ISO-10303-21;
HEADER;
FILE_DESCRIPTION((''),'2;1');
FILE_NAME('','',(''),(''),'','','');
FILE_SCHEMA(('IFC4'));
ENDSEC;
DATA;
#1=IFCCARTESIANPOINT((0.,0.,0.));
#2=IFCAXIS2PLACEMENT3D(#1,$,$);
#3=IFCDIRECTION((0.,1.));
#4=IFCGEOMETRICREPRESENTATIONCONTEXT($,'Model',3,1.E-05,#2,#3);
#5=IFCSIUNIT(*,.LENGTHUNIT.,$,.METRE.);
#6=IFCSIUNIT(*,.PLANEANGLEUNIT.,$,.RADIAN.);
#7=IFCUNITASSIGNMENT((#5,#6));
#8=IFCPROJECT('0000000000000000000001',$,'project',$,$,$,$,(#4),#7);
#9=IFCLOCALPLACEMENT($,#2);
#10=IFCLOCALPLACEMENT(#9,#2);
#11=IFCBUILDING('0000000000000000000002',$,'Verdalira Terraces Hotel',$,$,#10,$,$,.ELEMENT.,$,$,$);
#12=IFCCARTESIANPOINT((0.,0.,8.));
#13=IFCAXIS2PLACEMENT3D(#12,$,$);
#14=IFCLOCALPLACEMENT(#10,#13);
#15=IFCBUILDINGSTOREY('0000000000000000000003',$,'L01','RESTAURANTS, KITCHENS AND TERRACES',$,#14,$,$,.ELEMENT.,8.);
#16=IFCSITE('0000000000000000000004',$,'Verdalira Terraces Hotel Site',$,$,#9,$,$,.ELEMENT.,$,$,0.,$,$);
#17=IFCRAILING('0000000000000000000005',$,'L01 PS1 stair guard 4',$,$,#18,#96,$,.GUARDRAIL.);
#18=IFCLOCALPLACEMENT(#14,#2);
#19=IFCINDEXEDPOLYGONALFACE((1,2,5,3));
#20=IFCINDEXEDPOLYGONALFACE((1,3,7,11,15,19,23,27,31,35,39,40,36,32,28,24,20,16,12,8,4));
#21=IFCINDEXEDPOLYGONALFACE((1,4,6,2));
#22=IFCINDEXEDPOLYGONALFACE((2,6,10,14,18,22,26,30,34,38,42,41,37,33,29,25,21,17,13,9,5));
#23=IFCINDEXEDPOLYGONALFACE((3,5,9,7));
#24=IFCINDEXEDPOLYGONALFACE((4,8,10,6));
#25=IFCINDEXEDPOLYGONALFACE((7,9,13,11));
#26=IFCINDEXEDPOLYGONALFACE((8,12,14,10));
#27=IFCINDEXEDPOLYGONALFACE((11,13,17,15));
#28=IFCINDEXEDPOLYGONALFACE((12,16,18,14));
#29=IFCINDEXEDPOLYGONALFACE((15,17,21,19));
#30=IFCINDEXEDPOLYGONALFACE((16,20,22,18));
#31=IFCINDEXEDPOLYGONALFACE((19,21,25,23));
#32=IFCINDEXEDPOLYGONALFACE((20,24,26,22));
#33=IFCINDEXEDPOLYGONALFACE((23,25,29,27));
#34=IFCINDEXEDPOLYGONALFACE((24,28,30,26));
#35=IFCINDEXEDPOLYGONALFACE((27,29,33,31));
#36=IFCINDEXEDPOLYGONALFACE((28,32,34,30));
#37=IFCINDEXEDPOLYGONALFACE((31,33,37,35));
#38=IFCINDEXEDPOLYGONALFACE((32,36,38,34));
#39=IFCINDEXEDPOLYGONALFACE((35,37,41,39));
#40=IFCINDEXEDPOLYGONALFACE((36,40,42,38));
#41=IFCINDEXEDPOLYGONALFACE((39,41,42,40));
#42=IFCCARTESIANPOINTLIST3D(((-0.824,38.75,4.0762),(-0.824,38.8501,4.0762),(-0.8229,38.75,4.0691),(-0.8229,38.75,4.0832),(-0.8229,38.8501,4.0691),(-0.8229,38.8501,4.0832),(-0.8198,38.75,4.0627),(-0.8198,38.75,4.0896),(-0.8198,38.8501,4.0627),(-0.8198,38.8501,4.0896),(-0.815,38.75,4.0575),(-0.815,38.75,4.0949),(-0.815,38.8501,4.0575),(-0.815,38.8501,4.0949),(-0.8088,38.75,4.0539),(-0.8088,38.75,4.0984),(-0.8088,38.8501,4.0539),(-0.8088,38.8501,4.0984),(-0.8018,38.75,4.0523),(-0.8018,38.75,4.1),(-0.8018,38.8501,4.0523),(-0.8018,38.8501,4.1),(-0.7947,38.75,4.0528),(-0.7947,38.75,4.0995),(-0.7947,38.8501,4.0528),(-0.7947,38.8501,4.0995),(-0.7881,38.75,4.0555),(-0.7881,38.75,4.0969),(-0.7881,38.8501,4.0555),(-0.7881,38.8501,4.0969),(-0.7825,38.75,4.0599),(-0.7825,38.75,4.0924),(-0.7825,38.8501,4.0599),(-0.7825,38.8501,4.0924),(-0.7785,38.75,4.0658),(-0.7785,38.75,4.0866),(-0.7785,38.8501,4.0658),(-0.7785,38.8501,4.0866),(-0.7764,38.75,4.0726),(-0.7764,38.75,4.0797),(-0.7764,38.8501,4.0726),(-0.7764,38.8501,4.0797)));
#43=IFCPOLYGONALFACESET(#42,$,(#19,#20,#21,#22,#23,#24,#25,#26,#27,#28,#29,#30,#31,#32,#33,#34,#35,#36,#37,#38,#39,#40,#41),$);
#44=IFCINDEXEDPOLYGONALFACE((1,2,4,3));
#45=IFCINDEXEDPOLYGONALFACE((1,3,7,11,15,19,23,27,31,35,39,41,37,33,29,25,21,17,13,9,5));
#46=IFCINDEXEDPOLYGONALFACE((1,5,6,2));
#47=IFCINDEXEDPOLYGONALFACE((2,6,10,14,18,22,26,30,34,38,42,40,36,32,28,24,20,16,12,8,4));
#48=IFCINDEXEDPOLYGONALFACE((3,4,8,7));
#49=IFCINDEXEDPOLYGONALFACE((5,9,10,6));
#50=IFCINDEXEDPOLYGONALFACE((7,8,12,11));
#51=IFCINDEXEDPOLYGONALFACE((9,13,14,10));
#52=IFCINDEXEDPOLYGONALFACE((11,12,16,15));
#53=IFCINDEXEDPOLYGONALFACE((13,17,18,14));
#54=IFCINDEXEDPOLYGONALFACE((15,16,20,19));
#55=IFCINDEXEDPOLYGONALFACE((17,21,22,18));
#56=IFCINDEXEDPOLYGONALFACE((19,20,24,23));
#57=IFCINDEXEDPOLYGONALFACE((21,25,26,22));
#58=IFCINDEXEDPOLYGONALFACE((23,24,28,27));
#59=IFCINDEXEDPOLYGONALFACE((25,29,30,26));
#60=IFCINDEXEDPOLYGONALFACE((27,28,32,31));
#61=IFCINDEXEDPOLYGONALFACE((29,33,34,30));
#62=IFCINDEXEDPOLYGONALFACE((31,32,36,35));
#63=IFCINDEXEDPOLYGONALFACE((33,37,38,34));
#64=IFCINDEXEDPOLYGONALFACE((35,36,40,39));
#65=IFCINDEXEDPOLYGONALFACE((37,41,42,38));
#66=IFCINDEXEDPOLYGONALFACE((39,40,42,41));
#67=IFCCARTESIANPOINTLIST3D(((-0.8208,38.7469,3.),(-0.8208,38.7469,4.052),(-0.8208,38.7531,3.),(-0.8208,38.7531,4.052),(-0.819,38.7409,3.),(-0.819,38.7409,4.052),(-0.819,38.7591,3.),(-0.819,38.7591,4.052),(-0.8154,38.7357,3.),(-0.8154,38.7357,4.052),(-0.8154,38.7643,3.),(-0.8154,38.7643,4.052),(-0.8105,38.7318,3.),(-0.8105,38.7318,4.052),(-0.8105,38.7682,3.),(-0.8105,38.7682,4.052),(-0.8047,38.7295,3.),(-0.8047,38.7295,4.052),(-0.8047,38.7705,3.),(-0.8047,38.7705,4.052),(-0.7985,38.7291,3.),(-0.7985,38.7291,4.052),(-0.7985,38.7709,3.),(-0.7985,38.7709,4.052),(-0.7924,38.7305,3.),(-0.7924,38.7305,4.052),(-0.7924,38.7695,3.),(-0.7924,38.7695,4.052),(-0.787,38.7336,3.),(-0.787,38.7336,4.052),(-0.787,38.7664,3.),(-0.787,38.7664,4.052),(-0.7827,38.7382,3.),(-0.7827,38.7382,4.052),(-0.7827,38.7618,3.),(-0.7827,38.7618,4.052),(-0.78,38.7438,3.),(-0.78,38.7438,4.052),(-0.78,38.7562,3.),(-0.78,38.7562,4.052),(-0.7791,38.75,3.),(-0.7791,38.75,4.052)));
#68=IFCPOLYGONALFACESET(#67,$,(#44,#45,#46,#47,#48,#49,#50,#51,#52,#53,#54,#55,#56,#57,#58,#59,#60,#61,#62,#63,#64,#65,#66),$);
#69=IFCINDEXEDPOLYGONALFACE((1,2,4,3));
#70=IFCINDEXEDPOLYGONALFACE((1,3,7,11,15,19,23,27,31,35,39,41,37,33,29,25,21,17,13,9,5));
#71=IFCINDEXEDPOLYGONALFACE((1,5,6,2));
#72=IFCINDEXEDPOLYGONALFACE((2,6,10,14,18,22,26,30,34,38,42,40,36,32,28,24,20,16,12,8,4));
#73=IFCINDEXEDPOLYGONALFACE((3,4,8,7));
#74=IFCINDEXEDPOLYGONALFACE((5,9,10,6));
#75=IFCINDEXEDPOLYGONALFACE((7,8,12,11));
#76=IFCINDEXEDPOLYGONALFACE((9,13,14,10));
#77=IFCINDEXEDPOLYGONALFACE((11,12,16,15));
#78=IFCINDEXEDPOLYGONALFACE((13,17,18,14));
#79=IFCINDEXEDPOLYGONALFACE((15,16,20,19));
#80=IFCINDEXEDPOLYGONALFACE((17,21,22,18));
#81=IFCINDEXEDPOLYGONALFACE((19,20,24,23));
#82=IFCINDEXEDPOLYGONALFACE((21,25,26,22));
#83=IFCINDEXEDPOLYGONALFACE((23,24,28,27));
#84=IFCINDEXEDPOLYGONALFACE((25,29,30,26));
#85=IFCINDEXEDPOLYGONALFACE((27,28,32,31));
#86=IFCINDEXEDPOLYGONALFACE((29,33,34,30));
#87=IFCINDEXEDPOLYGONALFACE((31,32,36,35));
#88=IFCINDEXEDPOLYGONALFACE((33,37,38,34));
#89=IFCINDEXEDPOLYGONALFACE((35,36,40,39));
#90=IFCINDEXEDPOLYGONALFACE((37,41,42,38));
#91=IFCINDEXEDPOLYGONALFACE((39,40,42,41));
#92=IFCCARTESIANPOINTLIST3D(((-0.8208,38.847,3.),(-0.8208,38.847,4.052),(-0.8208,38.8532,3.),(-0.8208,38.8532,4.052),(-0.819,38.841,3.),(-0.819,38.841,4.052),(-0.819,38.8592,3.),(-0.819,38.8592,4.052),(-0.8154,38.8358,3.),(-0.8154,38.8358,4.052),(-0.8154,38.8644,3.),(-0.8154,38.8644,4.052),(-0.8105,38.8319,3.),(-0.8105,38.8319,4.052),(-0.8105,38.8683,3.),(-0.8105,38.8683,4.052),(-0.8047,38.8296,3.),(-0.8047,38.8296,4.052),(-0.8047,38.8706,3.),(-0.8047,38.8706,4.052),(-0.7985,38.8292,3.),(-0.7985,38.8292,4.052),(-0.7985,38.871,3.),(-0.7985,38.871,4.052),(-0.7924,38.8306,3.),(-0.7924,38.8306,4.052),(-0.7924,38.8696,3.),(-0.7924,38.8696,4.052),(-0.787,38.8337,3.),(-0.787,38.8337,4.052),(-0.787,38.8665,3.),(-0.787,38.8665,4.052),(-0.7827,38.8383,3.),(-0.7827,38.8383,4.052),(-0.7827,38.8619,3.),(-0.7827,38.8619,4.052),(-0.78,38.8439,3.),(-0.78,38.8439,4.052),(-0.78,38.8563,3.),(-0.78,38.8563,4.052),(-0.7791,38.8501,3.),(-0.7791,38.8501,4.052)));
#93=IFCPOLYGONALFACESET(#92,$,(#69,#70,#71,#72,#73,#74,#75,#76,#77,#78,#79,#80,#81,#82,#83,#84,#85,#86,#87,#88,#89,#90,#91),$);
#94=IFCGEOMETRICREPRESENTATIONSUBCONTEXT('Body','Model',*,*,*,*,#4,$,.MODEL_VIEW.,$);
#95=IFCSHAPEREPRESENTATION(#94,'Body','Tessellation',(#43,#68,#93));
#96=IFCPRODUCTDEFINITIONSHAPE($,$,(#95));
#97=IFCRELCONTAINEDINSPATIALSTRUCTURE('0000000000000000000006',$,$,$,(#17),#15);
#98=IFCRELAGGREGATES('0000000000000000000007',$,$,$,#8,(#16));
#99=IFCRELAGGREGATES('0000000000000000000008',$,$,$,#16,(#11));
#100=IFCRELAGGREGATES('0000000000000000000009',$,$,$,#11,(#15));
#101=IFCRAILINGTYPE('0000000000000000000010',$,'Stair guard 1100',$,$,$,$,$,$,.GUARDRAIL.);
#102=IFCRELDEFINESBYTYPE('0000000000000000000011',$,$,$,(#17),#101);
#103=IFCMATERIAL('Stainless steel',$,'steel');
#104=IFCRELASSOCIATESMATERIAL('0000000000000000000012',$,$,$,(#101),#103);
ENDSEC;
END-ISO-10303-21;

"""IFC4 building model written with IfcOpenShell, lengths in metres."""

from ifc_helpers import new_model, si_unit, direction, frame, origin, origin_2d, place, context, subcontext, project, spatial, circle, extrude, material, type_object, element, save


model = new_model("IFC4")

# Units and contexts
model_context = context("Model", 3, precision=1e-05, world=origin(), true_north=direction((0.0, 1.0)))
body_context = subcontext(model_context, "Body", "Model", "MODEL_VIEW")
ifc_project = project(units=[si_unit("LENGTHUNIT", "METRE"), si_unit("PLANEANGLEUNIT", "RADIAN")], contexts=[model_context])

# Site, building, storey
site_placement = place(None, origin())
site = spatial("IfcSite", under=ifc_project, at=site_placement, Name="Verdalira Terraces Hotel Site", CompositionType="ELEMENT", RefElevation=0.0)
building_placement = place(site_placement, origin())
building = spatial("IfcBuilding", under=site, at=building_placement, Name="Verdalira Terraces Hotel", CompositionType="ELEMENT")
storey_placement = place(building_placement, frame((0.0, 0.0, 8.0)))
storey = spatial("IfcBuildingStorey", under=building, at=storey_placement, Name="L01", Description="RESTAURANTS, KITCHENS AND TERRACES", CompositionType="ELEMENT", Elevation=8.0)

# Railing
ifc_material_1 = material(Name="Stainless steel", Category="steel")
railing_type_1 = type_object("IfcRailingType", Name="Stair guard 1100", PredefinedType="GUARDRAIL", material=ifc_material_1)
railing_1_placement = place(storey_placement, frame((-0.8, 38.75, 3.0)))
element("IfcRailing", 1, at=railing_1_placement, inside=storey, type_object=railing_type_1, Name="L01 PS1 stair guard 4", PredefinedType="GUARDRAIL", context=body_context, shape_type="SweptSolid", body=[
    extrude(circle(Radius=0.0239, at=origin_2d()), frame((0.0, 0.0, 1.0762), z_axis=(0.0, 1.0, 0.0), x_axis=(-1.0, 0.0, 0.0)), (0.0, 0.0, 1.0), 0.1001),
    extrude(circle(Radius=0.021, at=origin_2d()), origin(), (0.0, 0.0, 1.0), 1.052),
    extrude(circle(Radius=0.021, at=origin_2d()), frame((0.0, 0.1001, 0.0)), (0.0, 0.0, 1.0), 1.052),
])

save(model, "model.ifc")
